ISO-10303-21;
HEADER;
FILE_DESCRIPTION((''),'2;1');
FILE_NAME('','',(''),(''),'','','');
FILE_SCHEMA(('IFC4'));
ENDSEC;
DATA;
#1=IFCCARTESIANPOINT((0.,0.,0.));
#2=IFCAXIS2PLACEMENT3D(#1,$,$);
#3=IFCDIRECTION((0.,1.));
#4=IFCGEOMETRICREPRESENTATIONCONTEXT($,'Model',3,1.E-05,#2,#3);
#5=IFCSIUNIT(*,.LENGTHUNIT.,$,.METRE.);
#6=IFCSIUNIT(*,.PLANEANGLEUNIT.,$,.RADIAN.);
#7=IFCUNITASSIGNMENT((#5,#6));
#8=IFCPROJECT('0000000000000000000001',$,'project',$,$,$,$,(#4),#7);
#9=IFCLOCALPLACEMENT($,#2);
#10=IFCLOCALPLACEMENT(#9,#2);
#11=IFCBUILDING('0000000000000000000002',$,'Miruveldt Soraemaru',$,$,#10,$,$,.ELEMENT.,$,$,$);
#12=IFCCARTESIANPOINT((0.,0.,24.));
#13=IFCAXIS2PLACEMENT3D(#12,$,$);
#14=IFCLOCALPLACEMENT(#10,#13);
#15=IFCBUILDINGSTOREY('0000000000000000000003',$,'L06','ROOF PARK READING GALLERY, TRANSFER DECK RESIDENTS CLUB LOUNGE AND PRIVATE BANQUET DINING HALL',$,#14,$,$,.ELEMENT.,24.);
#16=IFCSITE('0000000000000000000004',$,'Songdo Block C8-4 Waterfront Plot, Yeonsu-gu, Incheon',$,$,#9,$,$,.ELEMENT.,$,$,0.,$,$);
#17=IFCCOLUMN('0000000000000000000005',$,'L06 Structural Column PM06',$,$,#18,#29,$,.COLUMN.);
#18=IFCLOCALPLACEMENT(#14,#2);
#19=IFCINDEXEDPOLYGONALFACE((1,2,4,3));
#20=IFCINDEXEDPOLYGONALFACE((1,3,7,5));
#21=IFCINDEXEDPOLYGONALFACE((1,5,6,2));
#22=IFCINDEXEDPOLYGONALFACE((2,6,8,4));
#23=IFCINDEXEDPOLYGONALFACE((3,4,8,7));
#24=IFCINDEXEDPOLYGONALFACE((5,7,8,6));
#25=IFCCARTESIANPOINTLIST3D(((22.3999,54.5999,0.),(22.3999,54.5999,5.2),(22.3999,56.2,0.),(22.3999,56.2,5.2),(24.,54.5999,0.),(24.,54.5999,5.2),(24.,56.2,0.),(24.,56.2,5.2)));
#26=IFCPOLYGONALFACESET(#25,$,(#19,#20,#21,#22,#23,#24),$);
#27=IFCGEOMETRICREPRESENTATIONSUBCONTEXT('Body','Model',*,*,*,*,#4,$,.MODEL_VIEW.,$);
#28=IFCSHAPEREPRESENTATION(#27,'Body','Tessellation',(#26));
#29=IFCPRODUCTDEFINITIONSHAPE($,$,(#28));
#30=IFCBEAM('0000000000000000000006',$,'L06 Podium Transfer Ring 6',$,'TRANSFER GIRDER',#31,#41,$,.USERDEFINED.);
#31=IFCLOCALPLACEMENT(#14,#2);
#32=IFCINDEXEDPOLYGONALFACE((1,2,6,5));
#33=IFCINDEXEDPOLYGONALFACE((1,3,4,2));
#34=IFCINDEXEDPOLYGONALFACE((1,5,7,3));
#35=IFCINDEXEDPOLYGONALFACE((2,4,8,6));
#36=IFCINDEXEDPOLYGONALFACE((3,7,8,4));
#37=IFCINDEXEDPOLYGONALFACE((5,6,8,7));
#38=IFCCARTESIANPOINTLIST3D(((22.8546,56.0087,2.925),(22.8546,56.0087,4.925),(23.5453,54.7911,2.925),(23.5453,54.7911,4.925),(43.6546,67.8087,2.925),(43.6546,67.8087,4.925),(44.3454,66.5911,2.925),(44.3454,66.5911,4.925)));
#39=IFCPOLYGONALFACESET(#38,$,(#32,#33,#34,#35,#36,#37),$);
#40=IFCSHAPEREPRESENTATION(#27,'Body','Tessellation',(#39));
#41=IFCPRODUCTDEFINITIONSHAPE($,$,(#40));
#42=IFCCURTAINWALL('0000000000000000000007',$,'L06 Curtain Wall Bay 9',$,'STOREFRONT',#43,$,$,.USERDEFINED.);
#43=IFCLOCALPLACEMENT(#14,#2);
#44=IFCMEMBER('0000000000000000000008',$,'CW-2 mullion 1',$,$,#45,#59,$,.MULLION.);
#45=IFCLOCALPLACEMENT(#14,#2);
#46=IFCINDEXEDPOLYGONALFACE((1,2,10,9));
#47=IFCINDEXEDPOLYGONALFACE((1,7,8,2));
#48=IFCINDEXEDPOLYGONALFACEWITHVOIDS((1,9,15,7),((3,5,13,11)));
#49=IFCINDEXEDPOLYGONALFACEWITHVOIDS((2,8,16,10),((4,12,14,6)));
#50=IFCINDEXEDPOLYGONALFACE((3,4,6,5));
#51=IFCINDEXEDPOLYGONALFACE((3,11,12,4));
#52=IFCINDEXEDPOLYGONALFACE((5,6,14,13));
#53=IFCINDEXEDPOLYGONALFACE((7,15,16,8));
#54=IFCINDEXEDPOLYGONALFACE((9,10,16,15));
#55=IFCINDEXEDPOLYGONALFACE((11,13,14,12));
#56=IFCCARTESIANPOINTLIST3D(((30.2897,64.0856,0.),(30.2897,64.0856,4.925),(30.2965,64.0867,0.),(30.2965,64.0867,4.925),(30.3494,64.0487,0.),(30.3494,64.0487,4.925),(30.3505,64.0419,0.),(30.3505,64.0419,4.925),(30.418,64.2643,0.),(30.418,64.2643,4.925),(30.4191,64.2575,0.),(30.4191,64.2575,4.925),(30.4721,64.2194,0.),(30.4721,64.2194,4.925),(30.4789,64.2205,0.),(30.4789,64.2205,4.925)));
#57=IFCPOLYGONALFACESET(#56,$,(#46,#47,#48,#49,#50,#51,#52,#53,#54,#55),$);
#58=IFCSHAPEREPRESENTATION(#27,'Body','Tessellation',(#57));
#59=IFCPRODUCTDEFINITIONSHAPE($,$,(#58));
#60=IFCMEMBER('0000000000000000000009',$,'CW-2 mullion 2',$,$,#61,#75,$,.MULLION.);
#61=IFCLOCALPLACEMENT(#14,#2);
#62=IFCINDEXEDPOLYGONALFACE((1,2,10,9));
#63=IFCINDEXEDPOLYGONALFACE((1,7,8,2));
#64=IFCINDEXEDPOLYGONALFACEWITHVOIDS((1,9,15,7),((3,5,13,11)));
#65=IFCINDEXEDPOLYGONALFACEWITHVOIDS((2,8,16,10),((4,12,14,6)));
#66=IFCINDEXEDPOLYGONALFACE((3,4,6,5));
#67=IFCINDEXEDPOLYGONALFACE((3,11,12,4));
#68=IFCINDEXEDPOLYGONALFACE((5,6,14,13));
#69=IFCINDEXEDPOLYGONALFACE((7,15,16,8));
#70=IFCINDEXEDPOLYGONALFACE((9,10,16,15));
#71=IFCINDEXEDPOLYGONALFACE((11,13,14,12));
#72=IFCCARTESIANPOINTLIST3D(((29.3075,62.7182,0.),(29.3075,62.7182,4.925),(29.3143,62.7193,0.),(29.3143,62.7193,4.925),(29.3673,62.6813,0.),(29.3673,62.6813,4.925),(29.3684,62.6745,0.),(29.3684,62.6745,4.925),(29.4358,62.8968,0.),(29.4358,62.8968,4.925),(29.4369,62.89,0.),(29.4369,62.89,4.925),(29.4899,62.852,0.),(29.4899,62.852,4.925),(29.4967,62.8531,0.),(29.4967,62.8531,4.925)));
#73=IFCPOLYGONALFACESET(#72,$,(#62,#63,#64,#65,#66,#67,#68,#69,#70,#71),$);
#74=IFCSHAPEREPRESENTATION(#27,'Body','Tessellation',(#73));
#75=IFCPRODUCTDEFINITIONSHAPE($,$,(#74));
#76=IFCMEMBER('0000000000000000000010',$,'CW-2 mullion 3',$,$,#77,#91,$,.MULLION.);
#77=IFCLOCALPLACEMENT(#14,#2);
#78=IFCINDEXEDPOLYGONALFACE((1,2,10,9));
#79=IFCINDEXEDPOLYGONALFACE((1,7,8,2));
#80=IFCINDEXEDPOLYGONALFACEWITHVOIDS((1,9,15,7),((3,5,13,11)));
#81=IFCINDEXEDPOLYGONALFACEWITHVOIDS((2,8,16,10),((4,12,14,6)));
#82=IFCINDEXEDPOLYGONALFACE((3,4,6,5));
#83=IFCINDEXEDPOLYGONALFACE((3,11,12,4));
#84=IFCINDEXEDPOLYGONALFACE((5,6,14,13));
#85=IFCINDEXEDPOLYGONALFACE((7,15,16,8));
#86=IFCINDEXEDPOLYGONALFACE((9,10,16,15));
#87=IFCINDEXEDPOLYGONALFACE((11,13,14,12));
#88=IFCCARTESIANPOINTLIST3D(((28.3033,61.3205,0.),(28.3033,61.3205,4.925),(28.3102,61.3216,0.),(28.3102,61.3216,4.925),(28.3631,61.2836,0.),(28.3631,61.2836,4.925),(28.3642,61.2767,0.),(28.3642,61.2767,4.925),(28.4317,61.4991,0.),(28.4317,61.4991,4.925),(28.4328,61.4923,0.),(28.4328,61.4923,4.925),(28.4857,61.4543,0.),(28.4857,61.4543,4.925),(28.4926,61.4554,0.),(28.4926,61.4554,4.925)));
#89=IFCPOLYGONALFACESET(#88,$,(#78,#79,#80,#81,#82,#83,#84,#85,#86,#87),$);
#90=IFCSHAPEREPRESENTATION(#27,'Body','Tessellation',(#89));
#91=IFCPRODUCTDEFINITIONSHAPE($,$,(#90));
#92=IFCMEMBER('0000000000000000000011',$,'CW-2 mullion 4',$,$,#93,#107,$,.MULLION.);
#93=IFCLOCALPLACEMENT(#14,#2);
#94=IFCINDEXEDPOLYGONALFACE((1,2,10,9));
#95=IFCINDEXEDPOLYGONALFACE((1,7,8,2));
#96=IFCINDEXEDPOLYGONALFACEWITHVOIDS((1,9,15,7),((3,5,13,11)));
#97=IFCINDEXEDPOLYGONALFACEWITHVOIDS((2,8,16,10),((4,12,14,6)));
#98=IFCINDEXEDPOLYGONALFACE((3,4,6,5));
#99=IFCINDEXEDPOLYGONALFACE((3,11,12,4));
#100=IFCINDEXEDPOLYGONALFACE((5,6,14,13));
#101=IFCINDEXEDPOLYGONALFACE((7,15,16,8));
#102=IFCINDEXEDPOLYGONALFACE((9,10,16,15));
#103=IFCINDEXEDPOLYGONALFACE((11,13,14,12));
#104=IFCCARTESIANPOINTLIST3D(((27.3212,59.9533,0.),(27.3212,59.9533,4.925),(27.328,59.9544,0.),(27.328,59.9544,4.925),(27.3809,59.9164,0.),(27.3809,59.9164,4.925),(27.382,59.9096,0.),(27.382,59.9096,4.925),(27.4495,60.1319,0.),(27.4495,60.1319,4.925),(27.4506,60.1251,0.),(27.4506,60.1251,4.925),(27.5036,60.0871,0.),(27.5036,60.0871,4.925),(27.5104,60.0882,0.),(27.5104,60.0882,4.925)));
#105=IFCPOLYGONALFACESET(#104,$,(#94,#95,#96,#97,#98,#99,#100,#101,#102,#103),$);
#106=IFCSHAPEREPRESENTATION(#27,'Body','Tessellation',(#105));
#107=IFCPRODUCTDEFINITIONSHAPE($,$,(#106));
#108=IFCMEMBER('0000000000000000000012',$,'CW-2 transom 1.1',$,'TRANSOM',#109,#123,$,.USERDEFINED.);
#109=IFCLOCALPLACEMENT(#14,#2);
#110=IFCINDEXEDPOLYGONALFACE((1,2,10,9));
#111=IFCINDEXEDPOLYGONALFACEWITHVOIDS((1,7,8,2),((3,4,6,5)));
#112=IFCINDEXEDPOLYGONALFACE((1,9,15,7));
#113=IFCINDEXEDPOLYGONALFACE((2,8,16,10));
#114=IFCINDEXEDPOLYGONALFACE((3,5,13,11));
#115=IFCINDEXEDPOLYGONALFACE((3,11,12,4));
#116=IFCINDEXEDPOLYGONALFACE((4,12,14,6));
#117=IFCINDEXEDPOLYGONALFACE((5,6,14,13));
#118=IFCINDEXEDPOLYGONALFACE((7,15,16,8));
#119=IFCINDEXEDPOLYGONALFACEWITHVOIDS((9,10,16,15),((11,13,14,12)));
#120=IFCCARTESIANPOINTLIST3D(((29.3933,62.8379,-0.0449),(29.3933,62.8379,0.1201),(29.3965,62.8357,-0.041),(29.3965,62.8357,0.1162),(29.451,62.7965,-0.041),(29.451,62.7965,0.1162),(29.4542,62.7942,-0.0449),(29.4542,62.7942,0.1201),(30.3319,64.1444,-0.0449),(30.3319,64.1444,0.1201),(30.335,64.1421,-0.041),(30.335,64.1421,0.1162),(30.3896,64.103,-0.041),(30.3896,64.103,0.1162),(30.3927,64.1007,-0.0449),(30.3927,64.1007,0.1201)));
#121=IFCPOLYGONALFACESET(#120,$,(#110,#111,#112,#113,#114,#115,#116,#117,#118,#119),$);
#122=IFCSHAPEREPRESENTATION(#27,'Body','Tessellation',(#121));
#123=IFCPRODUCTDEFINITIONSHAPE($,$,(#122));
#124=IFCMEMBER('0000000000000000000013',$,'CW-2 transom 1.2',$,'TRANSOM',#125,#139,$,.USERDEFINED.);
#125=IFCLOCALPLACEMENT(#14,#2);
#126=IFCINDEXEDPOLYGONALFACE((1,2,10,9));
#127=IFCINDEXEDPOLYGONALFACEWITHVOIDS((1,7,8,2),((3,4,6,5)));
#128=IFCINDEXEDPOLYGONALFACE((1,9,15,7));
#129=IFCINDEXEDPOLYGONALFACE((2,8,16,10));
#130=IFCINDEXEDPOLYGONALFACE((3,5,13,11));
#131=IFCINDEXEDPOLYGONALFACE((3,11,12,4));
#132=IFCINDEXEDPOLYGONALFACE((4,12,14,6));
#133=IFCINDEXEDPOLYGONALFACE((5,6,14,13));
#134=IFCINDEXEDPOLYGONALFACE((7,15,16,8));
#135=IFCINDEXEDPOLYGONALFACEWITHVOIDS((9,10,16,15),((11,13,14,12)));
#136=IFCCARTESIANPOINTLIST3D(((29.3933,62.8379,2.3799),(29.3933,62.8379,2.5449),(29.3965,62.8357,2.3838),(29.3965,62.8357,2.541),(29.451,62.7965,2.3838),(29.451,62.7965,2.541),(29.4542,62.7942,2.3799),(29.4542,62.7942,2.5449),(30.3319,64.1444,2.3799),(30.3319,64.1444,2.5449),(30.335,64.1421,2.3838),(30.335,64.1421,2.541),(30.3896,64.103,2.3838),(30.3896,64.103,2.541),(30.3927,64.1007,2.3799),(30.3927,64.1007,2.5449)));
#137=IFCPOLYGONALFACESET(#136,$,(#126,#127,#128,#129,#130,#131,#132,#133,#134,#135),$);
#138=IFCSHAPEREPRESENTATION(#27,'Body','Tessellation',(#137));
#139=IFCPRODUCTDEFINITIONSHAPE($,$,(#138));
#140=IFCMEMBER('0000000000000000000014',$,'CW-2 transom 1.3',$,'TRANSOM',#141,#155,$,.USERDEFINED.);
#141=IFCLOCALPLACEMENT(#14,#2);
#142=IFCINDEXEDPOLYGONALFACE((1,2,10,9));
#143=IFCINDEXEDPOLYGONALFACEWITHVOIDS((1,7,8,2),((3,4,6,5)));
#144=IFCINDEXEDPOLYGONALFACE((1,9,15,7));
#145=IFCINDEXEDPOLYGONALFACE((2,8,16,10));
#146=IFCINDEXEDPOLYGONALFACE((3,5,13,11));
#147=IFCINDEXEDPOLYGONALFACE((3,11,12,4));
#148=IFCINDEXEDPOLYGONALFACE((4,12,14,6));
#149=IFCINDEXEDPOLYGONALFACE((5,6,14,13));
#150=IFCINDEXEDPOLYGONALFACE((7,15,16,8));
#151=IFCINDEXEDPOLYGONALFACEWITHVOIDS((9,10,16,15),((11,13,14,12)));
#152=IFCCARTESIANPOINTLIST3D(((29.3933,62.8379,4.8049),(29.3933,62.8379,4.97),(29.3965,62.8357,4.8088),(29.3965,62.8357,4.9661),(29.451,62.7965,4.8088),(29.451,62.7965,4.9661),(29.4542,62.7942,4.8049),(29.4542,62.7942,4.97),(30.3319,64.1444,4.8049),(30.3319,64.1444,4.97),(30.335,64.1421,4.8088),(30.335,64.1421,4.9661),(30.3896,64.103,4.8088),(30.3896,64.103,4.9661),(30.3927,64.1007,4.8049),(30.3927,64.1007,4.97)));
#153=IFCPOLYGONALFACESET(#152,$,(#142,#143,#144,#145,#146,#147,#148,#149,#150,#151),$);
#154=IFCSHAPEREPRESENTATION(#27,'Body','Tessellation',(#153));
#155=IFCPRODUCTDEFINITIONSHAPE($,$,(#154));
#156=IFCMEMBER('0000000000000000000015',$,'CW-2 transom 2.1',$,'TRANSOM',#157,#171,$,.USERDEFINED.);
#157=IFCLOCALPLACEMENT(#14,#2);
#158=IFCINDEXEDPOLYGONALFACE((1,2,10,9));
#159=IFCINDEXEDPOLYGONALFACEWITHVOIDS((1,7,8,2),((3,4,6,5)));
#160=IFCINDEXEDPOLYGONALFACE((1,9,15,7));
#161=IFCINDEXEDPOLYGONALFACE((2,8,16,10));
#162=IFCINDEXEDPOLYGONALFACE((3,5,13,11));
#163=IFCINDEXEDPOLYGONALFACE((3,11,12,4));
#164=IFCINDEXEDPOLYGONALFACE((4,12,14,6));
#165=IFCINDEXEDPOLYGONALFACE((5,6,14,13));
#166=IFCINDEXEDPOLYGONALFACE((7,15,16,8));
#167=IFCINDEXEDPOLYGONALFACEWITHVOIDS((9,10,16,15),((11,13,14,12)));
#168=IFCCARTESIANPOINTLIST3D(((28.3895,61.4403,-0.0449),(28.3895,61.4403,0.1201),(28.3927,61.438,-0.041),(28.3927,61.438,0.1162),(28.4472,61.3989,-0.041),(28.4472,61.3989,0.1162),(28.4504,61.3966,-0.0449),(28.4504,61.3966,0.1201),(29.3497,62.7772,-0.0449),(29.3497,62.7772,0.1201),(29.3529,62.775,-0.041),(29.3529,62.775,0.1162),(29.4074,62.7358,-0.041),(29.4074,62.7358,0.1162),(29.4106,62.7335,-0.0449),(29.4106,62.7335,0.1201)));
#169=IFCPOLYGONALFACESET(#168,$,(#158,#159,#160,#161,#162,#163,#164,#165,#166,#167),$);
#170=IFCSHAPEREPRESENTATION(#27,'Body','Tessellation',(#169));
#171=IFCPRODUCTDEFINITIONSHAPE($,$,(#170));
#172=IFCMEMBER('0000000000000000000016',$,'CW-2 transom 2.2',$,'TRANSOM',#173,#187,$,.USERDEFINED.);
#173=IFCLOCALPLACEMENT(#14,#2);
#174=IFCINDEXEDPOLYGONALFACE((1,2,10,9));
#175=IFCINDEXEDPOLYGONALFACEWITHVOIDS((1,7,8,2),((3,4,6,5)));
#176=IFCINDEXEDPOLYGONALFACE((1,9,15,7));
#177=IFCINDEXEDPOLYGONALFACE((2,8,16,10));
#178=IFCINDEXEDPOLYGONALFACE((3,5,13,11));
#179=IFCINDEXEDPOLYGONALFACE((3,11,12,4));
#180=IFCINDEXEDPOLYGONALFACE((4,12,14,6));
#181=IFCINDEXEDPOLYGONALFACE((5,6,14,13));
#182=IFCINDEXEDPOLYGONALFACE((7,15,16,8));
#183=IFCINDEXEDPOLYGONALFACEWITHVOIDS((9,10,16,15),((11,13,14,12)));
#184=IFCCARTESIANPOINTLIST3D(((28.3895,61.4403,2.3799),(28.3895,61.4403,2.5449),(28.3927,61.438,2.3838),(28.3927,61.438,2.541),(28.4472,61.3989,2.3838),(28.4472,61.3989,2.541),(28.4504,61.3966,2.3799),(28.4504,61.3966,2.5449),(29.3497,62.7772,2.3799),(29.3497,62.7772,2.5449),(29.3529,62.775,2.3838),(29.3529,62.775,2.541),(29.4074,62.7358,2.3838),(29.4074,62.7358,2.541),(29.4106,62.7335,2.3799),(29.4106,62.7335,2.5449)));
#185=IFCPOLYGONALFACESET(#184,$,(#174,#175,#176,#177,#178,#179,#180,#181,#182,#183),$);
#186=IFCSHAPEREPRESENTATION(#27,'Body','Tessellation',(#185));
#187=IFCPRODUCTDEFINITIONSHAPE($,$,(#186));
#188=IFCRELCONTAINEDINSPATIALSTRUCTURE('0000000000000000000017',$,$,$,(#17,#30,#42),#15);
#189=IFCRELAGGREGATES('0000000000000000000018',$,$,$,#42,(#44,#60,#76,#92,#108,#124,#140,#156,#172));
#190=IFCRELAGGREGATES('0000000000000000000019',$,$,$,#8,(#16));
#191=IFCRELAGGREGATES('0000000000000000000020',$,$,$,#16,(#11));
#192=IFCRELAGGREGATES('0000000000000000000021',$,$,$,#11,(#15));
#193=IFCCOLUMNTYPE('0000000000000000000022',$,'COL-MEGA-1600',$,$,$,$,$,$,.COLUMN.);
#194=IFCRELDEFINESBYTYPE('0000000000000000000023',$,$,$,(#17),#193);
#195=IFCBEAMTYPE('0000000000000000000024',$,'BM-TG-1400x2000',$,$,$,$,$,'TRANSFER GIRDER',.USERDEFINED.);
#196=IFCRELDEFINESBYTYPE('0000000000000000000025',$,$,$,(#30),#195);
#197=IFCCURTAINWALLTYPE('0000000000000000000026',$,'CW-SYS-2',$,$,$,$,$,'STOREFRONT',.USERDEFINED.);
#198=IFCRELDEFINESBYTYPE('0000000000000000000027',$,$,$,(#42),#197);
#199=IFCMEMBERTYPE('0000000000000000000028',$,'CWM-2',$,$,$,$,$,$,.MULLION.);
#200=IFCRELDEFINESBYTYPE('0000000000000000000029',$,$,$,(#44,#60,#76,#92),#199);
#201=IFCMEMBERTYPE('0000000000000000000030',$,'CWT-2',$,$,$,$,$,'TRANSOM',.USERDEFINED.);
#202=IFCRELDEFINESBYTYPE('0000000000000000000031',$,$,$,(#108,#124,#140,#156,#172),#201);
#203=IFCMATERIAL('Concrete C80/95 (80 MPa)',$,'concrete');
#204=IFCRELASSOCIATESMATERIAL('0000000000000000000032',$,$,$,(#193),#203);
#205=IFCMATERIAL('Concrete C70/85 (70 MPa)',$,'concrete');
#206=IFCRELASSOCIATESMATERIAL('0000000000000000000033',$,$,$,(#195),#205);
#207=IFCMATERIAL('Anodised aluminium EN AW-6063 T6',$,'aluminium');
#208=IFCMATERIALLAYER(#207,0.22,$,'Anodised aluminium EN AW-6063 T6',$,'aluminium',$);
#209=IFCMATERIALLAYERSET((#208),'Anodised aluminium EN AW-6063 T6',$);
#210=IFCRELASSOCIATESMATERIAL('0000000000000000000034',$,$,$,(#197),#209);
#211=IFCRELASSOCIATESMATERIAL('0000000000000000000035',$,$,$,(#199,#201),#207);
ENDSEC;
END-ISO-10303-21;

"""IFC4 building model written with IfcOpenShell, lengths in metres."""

from ifc_helpers import new_model, si_unit, direction, frame, origin, origin_2d, place, context, subcontext, project, spatial, rectangle, hollow_rectangle, extrude, material, layer, layer_set, material_profile, profile_set, type_object, element, aggregate, save


model = new_model("IFC4")

# Units and contexts
model_context = context("Model", 3, precision=1e-05, world=origin(), true_north=direction((0.0, 1.0)))
body_context = subcontext(model_context, "Body", "Model", "MODEL_VIEW")
ifc_project = project(units=[si_unit("LENGTHUNIT", "METRE"), si_unit("PLANEANGLEUNIT", "RADIAN")], contexts=[model_context])

# Site, building, storey
site_placement = place(None, origin())
site = spatial("IfcSite", under=ifc_project, at=site_placement, Name="Songdo Block C8-4 Waterfront Plot, Yeonsu-gu, Incheon", CompositionType="ELEMENT", RefElevation=0.0)
building_placement = place(site_placement, origin())
building = spatial("IfcBuilding", under=site, at=building_placement, Name="Miruveldt Soraemaru", CompositionType="ELEMENT")
storey_placement = place(building_placement, frame((0.0, 0.0, 24.0)))
storey = spatial("IfcBuildingStorey", under=building, at=storey_placement, Name="L06", Description="ROOF PARK READING GALLERY, TRANSFER DECK RESIDENTS CLUB LOUNGE AND PRIVATE BANQUET DINING HALL", CompositionType="ELEMENT", Elevation=24.0)

# Column
ifc_material_1 = material(Name="Concrete C80/95 (80 MPa)", Category="concrete")
ifc_material_profile_1 = material_profile(ifc_material_1, rectangle(XDim=1.6001, YDim=1.6001, at=origin_2d()), Name="Concrete C80/95 (80 MPa)", Category="concrete")
ifc_profile_set_1 = profile_set([ifc_material_profile_1], Name="Concrete C80/95 (80 MPa)")
column_type = type_object("IfcColumnType", Name="COL-MEGA-1600", PredefinedType="COLUMN", material=ifc_profile_set_1)
column_placement = place(storey_placement, frame((23.2, 55.3999, 0.0), z_axis=(0.0, 0.0, 1.0), x_axis=(1.0, 0.0, 0.0)))
element("IfcColumn", 1, at=column_placement, inside=storey, type_object=column_type, Name="L06 Structural Column PM06", PredefinedType="COLUMN", context=body_context, shape_type="SweptSolid", body=[
    extrude(rectangle(XDim=1.6001, YDim=1.6001, at=origin_2d()), origin(), (0.0, 0.0, 1.0), 5.2),
])

# Beam
ifc_material_2 = material(Name="Concrete C70/85 (70 MPa)", Category="concrete")
ifc_material_profile_2 = material_profile(ifc_material_2, rectangle(XDim=1.3999, YDim=2.0, at=origin_2d()), Name="Concrete C70/85 (70 MPa)", Category="concrete")
ifc_profile_set_2 = profile_set([ifc_material_profile_2], Name="Concrete C70/85 (70 MPa)")
beam_type = type_object("IfcBeamType", Name="BM-TG-1400x2000", ElementType="TRANSFER GIRDER", PredefinedType="USERDEFINED", material=ifc_profile_set_2)
beam_placement = place(storey_placement, frame((23.2, 55.3999, 3.925), z_axis=(0.869783, 0.493435, 0.0), x_axis=(-0.493435, 0.869783, 0.0)))
element("IfcBeam", 2, at=beam_placement, inside=storey, type_object=beam_type, Name="L06 Podium Transfer Ring 6", ObjectType="TRANSFER GIRDER", PredefinedType="USERDEFINED", context=body_context, shape_type="SweptSolid", body=[
    extrude(rectangle(XDim=1.3999, YDim=2.0, at=origin_2d()), origin(), (0.0, 0.0, 1.0), 23.9141),
])

# Curtain wall, members
ifc_material_3 = material(Name="Anodised aluminium EN AW-6063 T6", Category="aluminium")
ifc_layer_1 = layer(ifc_material_3, 0.22, Name="Anodised aluminium EN AW-6063 T6", Category="aluminium")
ifc_layer_set_1 = layer_set([ifc_layer_1], Name="Anodised aluminium EN AW-6063 T6")
curtain_wall_type = type_object("IfcCurtainWallType", Name="CW-SYS-2", ElementType="STOREFRONT", PredefinedType="USERDEFINED", material=ifc_layer_set_1)
curtain_wall_placement = place(storey_placement, origin())
curtain_wall = element("IfcCurtainWall", 3, at=curtain_wall_placement, inside=storey, type_object=curtain_wall_type, Name="L06 Curtain Wall Bay 9", ObjectType="STOREFRONT", PredefinedType="USERDEFINED")
ifc_material_profile_3 = material_profile(ifc_material_3, hollow_rectangle(XDim=0.075, YDim=0.22, WallThickness=0.0049, at=origin_2d()), Name="Anodised aluminium EN AW-6063 T6", Category="aluminium")
ifc_profile_set_3 = profile_set([ifc_material_profile_3], Name="Anodised aluminium EN AW-6063 T6")
member_type_1 = type_object("IfcMemberType", Name="CWM-2", PredefinedType="MULLION", material=ifc_profile_set_3)
member_1_placement = place(storey_placement, frame((30.3843, 64.1531, 0.0), z_axis=(0.0, 0.0, 1.0), x_axis=(0.812184, -0.583402, 0.0)))
member_1 = element("IfcMember", 4, at=member_1_placement, type_object=member_type_1, Name="CW-2 mullion 1", PredefinedType="MULLION", context=body_context, shape_type="SweptSolid", body=[
    extrude(hollow_rectangle(XDim=0.075, YDim=0.22, WallThickness=0.0049, at=origin_2d()), origin(), (0.0, 0.0, 1.0), 4.925),
])
member_2_placement = place(storey_placement, frame((29.4021, 62.7856, 0.0), z_axis=(0.0, 0.0, 1.0), x_axis=(0.812184, -0.583402, 0.0)))
member_2 = element("IfcMember", 5, at=member_2_placement, type_object=member_type_1, Name="CW-2 mullion 2", PredefinedType="MULLION", context=body_context, shape_type="SweptSolid", body=[
    extrude(hollow_rectangle(XDim=0.075, YDim=0.22, WallThickness=0.0049, at=origin_2d()), origin(), (0.0, 0.0, 1.0), 4.925),
])
member_3_placement = place(storey_placement, frame((28.3979, 61.3879, 0.0), z_axis=(0.0, 0.0, 1.0), x_axis=(0.812184, -0.583402, 0.0)))
member_3 = element("IfcMember", 6, at=member_3_placement, type_object=member_type_1, Name="CW-2 mullion 3", PredefinedType="MULLION", context=body_context, shape_type="SweptSolid", body=[
    extrude(hollow_rectangle(XDim=0.075, YDim=0.22, WallThickness=0.0049, at=origin_2d()), origin(), (0.0, 0.0, 1.0), 4.925),
])
member_4_placement = place(storey_placement, frame((27.4158, 60.0208, 0.0), z_axis=(0.0, 0.0, 1.0), x_axis=(0.812184, -0.583402, 0.0)))
member_4 = element("IfcMember", 7, at=member_4_placement, type_object=member_type_1, Name="CW-2 mullion 4", PredefinedType="MULLION", context=body_context, shape_type="SweptSolid", body=[
    extrude(hollow_rectangle(XDim=0.075, YDim=0.22, WallThickness=0.0049, at=origin_2d()), origin(), (0.0, 0.0, 1.0), 4.925),
])
ifc_material_profile_4 = material_profile(ifc_material_3, hollow_rectangle(XDim=0.075, YDim=0.165, WallThickness=0.0039, at=origin_2d()), Name="Anodised aluminium EN AW-6063 T6", Category="aluminium")
ifc_profile_set_4 = profile_set([ifc_material_profile_4], Name="Anodised aluminium EN AW-6063 T6")
member_type_2 = type_object("IfcMemberType", Name="CWT-2", ElementType="TRANSOM", PredefinedType="USERDEFINED", material=ifc_profile_set_4)
member_5_placement = place(storey_placement, frame((30.3623, 64.1226, 0.0376), z_axis=(-0.583433, -0.812161, 0.0), x_axis=(0.812161, -0.583433, 0.0)))
member_5 = element("IfcMember", 8, at=member_5_placement, type_object=member_type_2, Name="CW-2 transom 1.1", ObjectType="TRANSOM", PredefinedType="USERDEFINED", context=body_context, shape_type="SweptSolid", body=[
    extrude(hollow_rectangle(XDim=0.075, YDim=0.165, WallThickness=0.0039, at=origin_2d()), origin(), (0.0, 0.0, 1.0), 1.6086),
])
member_6_placement = place(storey_placement, frame((30.3623, 64.1226, 2.4624), z_axis=(-0.583433, -0.812161, 0.0), x_axis=(0.812161, -0.583433, 0.0)))
member_6 = element("IfcMember", 9, at=member_6_placement, type_object=member_type_2, Name="CW-2 transom 1.2", ObjectType="TRANSOM", PredefinedType="USERDEFINED", context=body_context, shape_type="SweptSolid", body=[
    extrude(hollow_rectangle(XDim=0.075, YDim=0.165, WallThickness=0.0039, at=origin_2d()), origin(), (0.0, 0.0, 1.0), 1.6086),
])
member_7_placement = place(storey_placement, frame((30.3623, 64.1226, 4.8875), z_axis=(-0.583433, -0.812161, 0.0), x_axis=(0.812161, -0.583433, 0.0)))
member_7 = element("IfcMember", 10, at=member_7_placement, type_object=member_type_2, Name="CW-2 transom 1.3", ObjectType="TRANSOM", PredefinedType="USERDEFINED", context=body_context, shape_type="SweptSolid", body=[
    extrude(hollow_rectangle(XDim=0.075, YDim=0.165, WallThickness=0.0039, at=origin_2d()), origin(), (0.0, 0.0, 1.0), 1.6086),
])
member_8_placement = place(storey_placement, frame((29.3801, 62.7554, 0.0376), z_axis=(-0.583355, -0.812217, 0.0), x_axis=(0.812217, -0.583355, 0.0)))
member_8 = element("IfcMember", 11, at=member_8_placement, type_object=member_type_2, Name="CW-2 transom 2.1", ObjectType="TRANSOM", PredefinedType="USERDEFINED", context=body_context, shape_type="SweptSolid", body=[
    extrude(hollow_rectangle(XDim=0.075, YDim=0.165, WallThickness=0.0039, at=origin_2d()), origin(), (0.0, 0.0, 1.0), 1.646),
])
member_9_placement = place(storey_placement, frame((29.3801, 62.7554, 2.4624), z_axis=(-0.583355, -0.812217, 0.0), x_axis=(0.812217, -0.583355, 0.0)))
member_9 = element("IfcMember", 12, at=member_9_placement, type_object=member_type_2, Name="CW-2 transom 2.2", ObjectType="TRANSOM", PredefinedType="USERDEFINED", context=body_context, shape_type="SweptSolid", body=[
    extrude(hollow_rectangle(XDim=0.075, YDim=0.165, WallThickness=0.0039, at=origin_2d()), origin(), (0.0, 0.0, 1.0), 1.646),
])
aggregate(curtain_wall, [member_1, member_2, member_3, member_4, member_5, member_6, member_7, member_8, member_9])

save(model, "model.ifc")
